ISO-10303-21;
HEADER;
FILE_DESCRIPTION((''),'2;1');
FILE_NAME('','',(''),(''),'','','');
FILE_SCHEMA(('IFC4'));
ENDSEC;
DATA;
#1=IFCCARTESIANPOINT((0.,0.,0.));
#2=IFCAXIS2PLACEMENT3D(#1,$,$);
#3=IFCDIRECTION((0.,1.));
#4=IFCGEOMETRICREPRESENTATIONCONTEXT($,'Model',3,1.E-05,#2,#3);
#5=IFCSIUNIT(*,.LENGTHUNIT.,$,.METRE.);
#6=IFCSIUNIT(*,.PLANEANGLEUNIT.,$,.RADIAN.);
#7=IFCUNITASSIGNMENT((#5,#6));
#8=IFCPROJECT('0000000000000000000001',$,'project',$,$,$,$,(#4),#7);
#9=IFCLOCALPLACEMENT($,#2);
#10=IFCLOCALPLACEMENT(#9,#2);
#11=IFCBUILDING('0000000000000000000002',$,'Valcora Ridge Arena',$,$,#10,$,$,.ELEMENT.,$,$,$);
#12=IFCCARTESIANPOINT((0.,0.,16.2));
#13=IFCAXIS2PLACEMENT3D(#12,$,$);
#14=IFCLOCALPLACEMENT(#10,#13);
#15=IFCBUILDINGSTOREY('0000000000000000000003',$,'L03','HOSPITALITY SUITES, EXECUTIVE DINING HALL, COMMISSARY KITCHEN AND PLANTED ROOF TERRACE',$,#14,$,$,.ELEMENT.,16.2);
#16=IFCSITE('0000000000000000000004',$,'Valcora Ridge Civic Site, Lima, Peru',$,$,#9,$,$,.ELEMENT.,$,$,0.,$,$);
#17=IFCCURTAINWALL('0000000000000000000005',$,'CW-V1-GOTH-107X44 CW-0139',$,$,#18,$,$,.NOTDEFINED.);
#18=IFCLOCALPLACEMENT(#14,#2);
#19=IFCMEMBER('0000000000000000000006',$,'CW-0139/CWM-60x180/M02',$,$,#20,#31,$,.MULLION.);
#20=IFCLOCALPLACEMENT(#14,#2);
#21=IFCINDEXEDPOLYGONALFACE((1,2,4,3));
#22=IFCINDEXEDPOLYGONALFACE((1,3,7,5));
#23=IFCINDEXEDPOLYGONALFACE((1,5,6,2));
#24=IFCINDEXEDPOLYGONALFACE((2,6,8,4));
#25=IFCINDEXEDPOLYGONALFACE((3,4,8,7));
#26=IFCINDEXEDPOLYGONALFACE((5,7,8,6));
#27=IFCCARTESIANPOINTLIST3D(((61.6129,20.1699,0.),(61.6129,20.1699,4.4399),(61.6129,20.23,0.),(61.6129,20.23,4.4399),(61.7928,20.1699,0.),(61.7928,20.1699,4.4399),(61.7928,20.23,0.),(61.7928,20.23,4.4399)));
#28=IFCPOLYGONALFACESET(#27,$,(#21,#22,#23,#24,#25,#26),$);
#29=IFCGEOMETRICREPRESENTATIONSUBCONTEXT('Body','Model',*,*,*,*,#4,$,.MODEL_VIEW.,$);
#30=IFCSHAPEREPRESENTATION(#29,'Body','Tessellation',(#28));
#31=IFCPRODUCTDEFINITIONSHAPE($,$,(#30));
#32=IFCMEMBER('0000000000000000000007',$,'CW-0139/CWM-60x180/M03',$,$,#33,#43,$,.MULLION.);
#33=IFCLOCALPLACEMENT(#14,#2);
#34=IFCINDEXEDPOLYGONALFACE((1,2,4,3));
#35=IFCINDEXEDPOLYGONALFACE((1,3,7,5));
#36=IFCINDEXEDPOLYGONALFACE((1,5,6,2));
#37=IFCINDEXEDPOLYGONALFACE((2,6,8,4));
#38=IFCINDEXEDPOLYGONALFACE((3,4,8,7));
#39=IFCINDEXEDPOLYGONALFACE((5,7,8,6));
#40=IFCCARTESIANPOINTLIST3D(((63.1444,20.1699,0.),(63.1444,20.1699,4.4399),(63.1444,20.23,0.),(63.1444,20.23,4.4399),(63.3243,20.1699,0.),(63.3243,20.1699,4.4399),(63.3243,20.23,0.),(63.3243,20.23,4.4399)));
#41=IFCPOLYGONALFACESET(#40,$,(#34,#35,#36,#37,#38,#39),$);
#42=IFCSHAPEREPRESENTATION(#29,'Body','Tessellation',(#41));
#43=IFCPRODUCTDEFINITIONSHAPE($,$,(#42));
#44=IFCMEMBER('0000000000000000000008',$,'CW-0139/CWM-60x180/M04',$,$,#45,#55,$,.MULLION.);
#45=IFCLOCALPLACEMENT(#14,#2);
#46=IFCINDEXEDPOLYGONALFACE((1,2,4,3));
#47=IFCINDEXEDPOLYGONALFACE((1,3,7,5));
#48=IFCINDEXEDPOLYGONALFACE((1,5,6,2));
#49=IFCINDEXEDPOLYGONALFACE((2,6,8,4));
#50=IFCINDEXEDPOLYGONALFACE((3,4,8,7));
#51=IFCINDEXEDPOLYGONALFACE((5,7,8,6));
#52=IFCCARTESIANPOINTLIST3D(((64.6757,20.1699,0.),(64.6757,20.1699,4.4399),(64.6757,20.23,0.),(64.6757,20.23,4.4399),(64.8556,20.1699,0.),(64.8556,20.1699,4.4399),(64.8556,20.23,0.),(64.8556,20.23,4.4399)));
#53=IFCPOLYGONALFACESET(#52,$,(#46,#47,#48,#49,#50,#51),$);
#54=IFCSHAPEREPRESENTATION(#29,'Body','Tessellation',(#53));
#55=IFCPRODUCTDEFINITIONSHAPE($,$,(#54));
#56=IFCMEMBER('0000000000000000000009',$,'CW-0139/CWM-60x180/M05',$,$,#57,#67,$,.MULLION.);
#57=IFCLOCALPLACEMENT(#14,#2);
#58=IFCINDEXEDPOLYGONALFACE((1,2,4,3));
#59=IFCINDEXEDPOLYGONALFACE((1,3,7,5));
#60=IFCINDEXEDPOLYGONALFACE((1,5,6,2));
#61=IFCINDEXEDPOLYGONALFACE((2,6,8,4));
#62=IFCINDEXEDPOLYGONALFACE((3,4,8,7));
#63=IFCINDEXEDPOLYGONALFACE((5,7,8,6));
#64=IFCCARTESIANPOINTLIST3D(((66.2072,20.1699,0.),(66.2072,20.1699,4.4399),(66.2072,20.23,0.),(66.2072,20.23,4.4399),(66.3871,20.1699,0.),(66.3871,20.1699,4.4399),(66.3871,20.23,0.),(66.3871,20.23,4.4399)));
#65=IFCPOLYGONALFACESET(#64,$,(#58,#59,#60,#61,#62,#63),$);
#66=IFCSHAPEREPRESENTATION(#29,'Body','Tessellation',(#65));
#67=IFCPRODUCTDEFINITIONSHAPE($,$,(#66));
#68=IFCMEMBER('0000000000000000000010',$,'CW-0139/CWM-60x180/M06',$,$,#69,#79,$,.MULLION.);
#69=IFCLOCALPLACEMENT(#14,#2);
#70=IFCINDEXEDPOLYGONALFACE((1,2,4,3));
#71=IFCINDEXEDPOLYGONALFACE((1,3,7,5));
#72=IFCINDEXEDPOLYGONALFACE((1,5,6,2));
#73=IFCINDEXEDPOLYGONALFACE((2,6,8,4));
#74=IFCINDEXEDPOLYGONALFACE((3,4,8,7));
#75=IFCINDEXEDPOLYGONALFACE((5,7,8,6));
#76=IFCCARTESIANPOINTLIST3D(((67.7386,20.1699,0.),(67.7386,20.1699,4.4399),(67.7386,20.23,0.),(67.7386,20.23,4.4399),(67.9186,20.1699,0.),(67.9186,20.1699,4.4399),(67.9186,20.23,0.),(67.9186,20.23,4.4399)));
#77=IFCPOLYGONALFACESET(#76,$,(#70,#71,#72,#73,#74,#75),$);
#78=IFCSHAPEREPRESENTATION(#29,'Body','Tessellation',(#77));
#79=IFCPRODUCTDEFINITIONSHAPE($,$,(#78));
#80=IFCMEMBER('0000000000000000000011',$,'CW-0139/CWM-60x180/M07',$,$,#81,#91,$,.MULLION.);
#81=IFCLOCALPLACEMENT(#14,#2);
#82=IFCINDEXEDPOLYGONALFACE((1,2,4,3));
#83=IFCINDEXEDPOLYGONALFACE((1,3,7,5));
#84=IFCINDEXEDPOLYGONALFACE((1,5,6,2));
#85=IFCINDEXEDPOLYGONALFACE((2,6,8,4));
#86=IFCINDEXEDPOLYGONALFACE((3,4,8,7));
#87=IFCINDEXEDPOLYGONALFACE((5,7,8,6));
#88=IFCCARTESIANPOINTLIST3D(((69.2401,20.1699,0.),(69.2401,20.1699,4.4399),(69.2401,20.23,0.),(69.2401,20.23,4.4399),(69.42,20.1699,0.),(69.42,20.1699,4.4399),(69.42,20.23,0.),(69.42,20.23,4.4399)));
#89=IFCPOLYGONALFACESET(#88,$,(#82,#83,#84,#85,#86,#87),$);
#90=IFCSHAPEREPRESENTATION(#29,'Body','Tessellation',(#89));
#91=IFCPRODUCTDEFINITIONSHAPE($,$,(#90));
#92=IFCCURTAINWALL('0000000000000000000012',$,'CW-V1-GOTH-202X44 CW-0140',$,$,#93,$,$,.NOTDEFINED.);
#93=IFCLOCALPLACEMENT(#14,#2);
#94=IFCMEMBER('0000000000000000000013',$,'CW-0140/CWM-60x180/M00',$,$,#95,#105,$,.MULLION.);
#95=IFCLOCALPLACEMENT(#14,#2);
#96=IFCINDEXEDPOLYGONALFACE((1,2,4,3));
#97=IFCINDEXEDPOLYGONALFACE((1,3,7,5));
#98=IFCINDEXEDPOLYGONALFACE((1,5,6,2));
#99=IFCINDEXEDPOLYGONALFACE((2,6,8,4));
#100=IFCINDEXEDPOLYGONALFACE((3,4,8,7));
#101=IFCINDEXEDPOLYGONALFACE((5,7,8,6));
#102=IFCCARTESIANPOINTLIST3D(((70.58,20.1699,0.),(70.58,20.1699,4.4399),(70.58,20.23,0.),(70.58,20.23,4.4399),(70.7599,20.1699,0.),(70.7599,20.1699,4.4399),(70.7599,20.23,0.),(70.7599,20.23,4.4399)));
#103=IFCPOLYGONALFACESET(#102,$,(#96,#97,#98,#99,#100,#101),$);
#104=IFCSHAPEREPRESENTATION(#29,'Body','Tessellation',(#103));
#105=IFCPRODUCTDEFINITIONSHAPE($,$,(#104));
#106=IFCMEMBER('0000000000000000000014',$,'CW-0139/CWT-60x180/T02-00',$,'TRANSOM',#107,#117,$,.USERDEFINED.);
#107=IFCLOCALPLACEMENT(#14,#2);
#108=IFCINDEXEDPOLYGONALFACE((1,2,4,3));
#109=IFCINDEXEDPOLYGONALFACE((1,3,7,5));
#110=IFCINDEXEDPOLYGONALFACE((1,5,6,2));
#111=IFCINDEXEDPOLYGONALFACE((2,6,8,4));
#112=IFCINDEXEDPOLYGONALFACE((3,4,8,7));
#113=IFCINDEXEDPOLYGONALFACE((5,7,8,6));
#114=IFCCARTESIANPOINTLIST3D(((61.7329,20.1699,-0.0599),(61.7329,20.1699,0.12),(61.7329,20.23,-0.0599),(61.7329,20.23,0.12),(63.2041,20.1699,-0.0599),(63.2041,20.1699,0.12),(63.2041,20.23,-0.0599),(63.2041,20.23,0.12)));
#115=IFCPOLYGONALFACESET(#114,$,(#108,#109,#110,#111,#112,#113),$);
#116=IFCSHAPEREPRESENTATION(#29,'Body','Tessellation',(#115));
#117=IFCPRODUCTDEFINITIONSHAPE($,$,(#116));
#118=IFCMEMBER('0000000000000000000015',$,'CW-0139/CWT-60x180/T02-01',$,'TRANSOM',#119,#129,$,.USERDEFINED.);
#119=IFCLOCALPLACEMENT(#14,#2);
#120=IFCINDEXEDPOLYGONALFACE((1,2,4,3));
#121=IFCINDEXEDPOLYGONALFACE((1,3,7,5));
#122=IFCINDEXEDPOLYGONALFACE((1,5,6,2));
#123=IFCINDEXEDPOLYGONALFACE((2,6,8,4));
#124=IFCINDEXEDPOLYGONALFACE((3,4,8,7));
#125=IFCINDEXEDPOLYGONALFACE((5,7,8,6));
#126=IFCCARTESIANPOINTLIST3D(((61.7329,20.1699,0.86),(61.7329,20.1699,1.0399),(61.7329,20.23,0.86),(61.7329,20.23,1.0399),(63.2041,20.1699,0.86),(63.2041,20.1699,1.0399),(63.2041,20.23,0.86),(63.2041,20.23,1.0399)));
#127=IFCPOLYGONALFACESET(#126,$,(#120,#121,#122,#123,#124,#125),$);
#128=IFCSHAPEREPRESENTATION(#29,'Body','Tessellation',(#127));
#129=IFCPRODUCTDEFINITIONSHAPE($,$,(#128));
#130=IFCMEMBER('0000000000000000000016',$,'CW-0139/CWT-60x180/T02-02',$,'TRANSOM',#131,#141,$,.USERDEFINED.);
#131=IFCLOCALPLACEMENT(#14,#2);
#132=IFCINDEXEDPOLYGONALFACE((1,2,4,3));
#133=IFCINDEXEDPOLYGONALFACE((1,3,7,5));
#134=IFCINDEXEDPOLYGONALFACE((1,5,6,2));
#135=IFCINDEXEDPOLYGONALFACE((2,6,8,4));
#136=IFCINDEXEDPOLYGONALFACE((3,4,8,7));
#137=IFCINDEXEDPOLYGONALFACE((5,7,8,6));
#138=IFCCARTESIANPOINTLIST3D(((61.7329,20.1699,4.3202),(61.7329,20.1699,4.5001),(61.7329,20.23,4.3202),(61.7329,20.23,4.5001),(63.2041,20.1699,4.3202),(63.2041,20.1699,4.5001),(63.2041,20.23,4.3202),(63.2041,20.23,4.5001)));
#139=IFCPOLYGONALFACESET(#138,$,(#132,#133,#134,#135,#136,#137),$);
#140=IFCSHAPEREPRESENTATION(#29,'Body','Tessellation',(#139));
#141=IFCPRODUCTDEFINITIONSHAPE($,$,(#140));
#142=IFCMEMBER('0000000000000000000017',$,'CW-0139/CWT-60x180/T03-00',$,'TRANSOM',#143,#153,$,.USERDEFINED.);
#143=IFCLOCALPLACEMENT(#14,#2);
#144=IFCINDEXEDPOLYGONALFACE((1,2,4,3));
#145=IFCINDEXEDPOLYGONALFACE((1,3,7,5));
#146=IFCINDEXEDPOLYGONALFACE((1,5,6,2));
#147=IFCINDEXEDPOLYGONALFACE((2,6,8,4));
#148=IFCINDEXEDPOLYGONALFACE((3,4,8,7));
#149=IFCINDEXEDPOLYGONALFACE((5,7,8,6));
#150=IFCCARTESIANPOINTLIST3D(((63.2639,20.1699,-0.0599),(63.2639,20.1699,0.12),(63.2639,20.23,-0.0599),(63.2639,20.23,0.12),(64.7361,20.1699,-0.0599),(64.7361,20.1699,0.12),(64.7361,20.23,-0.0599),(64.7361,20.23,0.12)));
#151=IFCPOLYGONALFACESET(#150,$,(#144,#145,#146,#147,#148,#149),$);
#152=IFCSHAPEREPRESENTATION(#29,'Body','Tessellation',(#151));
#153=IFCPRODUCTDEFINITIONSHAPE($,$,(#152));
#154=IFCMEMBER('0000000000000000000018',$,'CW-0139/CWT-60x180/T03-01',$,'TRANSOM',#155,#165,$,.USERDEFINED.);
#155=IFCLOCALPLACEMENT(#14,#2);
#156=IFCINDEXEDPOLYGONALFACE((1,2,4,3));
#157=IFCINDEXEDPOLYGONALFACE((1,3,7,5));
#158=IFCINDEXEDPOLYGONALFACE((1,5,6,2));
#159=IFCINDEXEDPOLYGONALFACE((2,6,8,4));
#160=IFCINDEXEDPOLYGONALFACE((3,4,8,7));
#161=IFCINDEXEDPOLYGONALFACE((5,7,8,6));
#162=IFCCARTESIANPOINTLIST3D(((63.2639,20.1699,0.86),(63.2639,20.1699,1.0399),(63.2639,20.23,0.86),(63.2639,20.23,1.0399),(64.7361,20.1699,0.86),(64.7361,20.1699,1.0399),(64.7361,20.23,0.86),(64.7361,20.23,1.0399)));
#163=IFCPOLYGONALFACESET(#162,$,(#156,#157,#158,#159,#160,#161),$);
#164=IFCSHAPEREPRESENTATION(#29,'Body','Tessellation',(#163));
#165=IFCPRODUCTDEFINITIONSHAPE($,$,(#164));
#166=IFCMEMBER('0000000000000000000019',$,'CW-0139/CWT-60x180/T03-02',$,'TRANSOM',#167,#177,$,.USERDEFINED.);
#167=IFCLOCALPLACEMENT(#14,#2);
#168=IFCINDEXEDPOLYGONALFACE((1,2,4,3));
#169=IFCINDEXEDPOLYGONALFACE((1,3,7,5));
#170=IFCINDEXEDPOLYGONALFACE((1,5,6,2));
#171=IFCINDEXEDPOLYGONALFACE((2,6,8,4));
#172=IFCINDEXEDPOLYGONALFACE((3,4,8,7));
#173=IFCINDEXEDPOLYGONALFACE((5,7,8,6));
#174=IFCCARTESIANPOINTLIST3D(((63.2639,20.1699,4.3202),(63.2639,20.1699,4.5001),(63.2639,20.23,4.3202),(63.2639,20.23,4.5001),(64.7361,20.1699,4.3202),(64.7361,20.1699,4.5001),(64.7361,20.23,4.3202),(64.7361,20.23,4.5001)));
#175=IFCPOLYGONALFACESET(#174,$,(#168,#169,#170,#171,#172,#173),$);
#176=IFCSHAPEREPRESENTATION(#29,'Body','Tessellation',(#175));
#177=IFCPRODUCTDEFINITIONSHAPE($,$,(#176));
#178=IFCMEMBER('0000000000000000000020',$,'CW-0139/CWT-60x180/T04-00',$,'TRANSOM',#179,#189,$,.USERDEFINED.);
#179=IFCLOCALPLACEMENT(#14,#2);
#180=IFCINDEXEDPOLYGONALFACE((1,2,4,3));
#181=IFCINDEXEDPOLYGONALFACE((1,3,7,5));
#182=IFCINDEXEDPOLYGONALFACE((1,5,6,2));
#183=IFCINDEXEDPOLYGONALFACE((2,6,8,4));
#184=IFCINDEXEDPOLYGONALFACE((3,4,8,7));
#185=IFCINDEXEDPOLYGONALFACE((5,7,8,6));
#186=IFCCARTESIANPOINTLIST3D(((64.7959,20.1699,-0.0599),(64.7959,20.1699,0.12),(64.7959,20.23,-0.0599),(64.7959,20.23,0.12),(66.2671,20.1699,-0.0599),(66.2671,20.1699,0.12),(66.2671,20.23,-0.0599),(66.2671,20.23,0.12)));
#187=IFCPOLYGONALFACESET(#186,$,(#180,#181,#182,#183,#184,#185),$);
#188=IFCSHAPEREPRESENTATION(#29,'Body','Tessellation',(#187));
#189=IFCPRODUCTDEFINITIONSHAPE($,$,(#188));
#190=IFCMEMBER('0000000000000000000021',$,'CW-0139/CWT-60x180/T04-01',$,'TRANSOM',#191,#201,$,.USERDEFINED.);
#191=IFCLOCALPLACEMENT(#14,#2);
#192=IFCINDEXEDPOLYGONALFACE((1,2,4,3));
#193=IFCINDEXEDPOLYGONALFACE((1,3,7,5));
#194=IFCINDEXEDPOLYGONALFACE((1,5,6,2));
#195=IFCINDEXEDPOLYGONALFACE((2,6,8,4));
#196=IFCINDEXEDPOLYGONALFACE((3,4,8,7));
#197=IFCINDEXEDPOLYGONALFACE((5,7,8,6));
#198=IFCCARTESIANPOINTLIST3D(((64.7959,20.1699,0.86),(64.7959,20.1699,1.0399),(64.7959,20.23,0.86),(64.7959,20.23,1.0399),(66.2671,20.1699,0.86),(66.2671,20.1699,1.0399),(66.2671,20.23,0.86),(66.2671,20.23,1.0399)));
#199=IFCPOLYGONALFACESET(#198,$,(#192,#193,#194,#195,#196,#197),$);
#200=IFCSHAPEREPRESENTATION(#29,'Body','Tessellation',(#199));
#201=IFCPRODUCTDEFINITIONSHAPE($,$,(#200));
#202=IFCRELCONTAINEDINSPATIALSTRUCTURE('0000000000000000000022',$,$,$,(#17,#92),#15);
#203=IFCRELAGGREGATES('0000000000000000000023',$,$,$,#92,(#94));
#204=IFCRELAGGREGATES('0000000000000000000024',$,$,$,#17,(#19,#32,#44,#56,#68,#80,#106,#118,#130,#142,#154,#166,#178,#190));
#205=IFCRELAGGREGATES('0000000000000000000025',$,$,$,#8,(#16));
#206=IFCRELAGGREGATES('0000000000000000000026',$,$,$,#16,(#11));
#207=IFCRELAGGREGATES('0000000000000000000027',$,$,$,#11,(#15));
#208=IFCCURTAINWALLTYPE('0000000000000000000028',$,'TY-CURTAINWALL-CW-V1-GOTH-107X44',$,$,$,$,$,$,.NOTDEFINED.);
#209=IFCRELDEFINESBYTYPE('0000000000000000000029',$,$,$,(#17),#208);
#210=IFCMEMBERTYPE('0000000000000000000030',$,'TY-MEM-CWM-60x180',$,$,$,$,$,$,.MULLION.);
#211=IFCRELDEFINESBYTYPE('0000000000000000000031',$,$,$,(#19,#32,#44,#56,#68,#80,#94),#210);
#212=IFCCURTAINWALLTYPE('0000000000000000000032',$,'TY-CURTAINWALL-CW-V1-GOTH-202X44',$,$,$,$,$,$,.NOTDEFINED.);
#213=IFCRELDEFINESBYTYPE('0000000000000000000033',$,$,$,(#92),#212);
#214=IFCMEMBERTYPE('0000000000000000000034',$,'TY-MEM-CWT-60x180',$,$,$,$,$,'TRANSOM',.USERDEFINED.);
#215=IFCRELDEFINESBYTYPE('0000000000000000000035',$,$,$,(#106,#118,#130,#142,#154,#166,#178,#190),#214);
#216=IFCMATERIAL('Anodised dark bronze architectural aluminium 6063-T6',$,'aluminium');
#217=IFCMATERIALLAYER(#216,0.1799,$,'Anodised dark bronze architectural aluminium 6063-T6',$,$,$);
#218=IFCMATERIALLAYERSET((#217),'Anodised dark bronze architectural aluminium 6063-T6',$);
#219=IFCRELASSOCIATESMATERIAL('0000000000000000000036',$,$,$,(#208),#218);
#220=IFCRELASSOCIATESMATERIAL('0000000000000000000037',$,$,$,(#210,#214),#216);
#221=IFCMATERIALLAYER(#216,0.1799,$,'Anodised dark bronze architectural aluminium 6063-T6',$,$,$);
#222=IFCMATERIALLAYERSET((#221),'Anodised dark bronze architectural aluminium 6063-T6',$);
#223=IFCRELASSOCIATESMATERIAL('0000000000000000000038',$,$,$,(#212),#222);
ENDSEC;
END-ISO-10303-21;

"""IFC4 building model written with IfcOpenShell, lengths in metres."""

from ifc_helpers import new_model, si_unit, direction, frame, origin, origin_2d, place, context, subcontext, project, spatial, rectangle, extrude, material, layer, layer_set, material_profile, profile_set, type_object, element, aggregate, save


model = new_model("IFC4")

# Units and contexts
model_context = context("Model", 3, precision=1e-05, world=origin(), true_north=direction((0.0, 1.0)))
body_context = subcontext(model_context, "Body", "Model", "MODEL_VIEW")
ifc_project = project(units=[si_unit("LENGTHUNIT", "METRE"), si_unit("PLANEANGLEUNIT", "RADIAN")], contexts=[model_context])

# Site, building, storey
site_placement = place(None, origin())
site = spatial("IfcSite", under=ifc_project, at=site_placement, Name="Valcora Ridge Civic Site, Lima, Peru", CompositionType="ELEMENT", RefElevation=0.0)
building_placement = place(site_placement, origin())
building = spatial("IfcBuilding", under=site, at=building_placement, Name="Valcora Ridge Arena", CompositionType="ELEMENT")
storey_placement = place(building_placement, frame((0.0, 0.0, 16.2)))
storey = spatial("IfcBuildingStorey", under=building, at=storey_placement, Name="L03", Description="HOSPITALITY SUITES, EXECUTIVE DINING HALL, COMMISSARY KITCHEN AND PLANTED ROOF TERRACE", CompositionType="ELEMENT", Elevation=16.2)

# Curtain wall, members
ifc_material_1 = material(Name="Anodised dark bronze architectural aluminium 6063-T6", Category="aluminium")
ifc_layer_1 = layer(ifc_material_1, 0.1799, Name="Anodised dark bronze architectural aluminium 6063-T6")
ifc_layer_set_1 = layer_set([ifc_layer_1], Name="Anodised dark bronze architectural aluminium 6063-T6")
curtain_wall_type_1 = type_object("IfcCurtainWallType", Name="TY-CURTAINWALL-CW-V1-GOTH-107X44", PredefinedType="NOTDEFINED", material=ifc_layer_set_1)
curtain_wall_1_placement = place(storey_placement, origin())
curtain_wall_1 = element("IfcCurtainWall", 1, at=curtain_wall_1_placement, inside=storey, type_object=curtain_wall_type_1, Name="CW-V1-GOTH-107X44 CW-0139", PredefinedType="NOTDEFINED")
ifc_material_profile_1 = material_profile(ifc_material_1, rectangle(XDim=0.0601, YDim=0.1799, at=origin_2d()), Name="ALU MULLION 60x180")
ifc_profile_set_1 = profile_set([ifc_material_profile_1], Name="Anodised dark bronze architectural aluminium 6063-T6")
member_type_1 = type_object("IfcMemberType", Name="TY-MEM-CWM-60x180", PredefinedType="MULLION", material=ifc_profile_set_1)
member_1_placement = place(storey_placement, frame((61.7029, 20.2, 0.0), z_axis=(0.0, 0.0, 1.0), x_axis=(0.0, 1.0, 0.0)))
member_1 = element("IfcMember", 2, at=member_1_placement, type_object=member_type_1, Name="CW-0139/CWM-60x180/M02", PredefinedType="MULLION", context=body_context, shape_type="SweptSolid", body=[
    extrude(rectangle(XDim=0.0601, YDim=0.1799, at=origin_2d()), origin(), (0.0, 0.0, 1.0), 4.4399),
])
member_2_placement = place(storey_placement, frame((63.2344, 20.2, 0.0), z_axis=(0.0, 0.0, 1.0), x_axis=(0.0, 1.0, 0.0)))
member_2 = element("IfcMember", 3, at=member_2_placement, type_object=member_type_1, Name="CW-0139/CWM-60x180/M03", PredefinedType="MULLION", context=body_context, shape_type="SweptSolid", body=[
    extrude(rectangle(XDim=0.0601, YDim=0.1799, at=origin_2d()), origin(), (0.0, 0.0, 1.0), 4.4399),
])
member_3_placement = place(storey_placement, frame((64.7656, 20.2, 0.0), z_axis=(0.0, 0.0, 1.0), x_axis=(0.0, 1.0, 0.0)))
member_3 = element("IfcMember", 4, at=member_3_placement, type_object=member_type_1, Name="CW-0139/CWM-60x180/M04", PredefinedType="MULLION", context=body_context, shape_type="SweptSolid", body=[
    extrude(rectangle(XDim=0.0601, YDim=0.1799, at=origin_2d()), origin(), (0.0, 0.0, 1.0), 4.4399),
])
member_4_placement = place(storey_placement, frame((66.2971, 20.2, 0.0), z_axis=(0.0, 0.0, 1.0), x_axis=(0.0, 1.0, 0.0)))
member_4 = element("IfcMember", 5, at=member_4_placement, type_object=member_type_1, Name="CW-0139/CWM-60x180/M05", PredefinedType="MULLION", context=body_context, shape_type="SweptSolid", body=[
    extrude(rectangle(XDim=0.0601, YDim=0.1799, at=origin_2d()), origin(), (0.0, 0.0, 1.0), 4.4399),
])
member_5_placement = place(storey_placement, frame((67.8286, 20.2, 0.0), z_axis=(0.0, 0.0, 1.0), x_axis=(0.0, 1.0, 0.0)))
member_5 = element("IfcMember", 6, at=member_5_placement, type_object=member_type_1, Name="CW-0139/CWM-60x180/M06", PredefinedType="MULLION", context=body_context, shape_type="SweptSolid", body=[
    extrude(rectangle(XDim=0.0601, YDim=0.1799, at=origin_2d()), origin(), (0.0, 0.0, 1.0), 4.4399),
])
member_6_placement = place(storey_placement, frame((69.3301, 20.2, 0.0), z_axis=(0.0, 0.0, 1.0), x_axis=(0.0, 1.0, 0.0)))
member_6 = element("IfcMember", 7, at=member_6_placement, type_object=member_type_1, Name="CW-0139/CWM-60x180/M07", PredefinedType="MULLION", context=body_context, shape_type="SweptSolid", body=[
    extrude(rectangle(XDim=0.0601, YDim=0.1799, at=origin_2d()), origin(), (0.0, 0.0, 1.0), 4.4399),
])

# Curtain wall, member
ifc_layer_2 = layer(ifc_material_1, 0.1799, Name="Anodised dark bronze architectural aluminium 6063-T6")
ifc_layer_set_2 = layer_set([ifc_layer_2], Name="Anodised dark bronze architectural aluminium 6063-T6")
curtain_wall_type_2 = type_object("IfcCurtainWallType", Name="TY-CURTAINWALL-CW-V1-GOTH-202X44", PredefinedType="NOTDEFINED", material=ifc_layer_set_2)
curtain_wall_2_placement = place(storey_placement, origin())
curtain_wall_2 = element("IfcCurtainWall", 8, at=curtain_wall_2_placement, inside=storey, type_object=curtain_wall_type_2, Name="CW-V1-GOTH-202X44 CW-0140", PredefinedType="NOTDEFINED")
member_7_placement = place(storey_placement, frame((70.6699, 20.2, 0.0), z_axis=(0.0, 0.0, 1.0), x_axis=(0.0, 1.0, 0.0)))
member_7 = element("IfcMember", 9, at=member_7_placement, type_object=member_type_1, Name="CW-0140/CWM-60x180/M00", PredefinedType="MULLION", context=body_context, shape_type="SweptSolid", body=[
    extrude(rectangle(XDim=0.0601, YDim=0.1799, at=origin_2d()), origin(), (0.0, 0.0, 1.0), 4.4399),
])
aggregate(curtain_wall_2, [member_7])

# Members
ifc_material_profile_2 = material_profile(ifc_material_1, rectangle(XDim=0.0601, YDim=0.1799, at=origin_2d()), Name="ALU TRANSOM 60x180")
ifc_profile_set_2 = profile_set([ifc_material_profile_2], Name="Anodised dark bronze architectural aluminium 6063-T6")
member_type_2 = type_object("IfcMemberType", Name="TY-MEM-CWT-60x180", ElementType="TRANSOM", PredefinedType="USERDEFINED", material=ifc_profile_set_2)
member_8_placement = place(storey_placement, frame((61.7329, 20.2, 0.03), z_axis=(1.0, 0.0, 0.0), x_axis=(0.0, 1.0, 0.0)))
member_8 = element("IfcMember", 10, at=member_8_placement, type_object=member_type_2, Name="CW-0139/CWT-60x180/T02-00", ObjectType="TRANSOM", PredefinedType="USERDEFINED", context=body_context, shape_type="SweptSolid", body=[
    extrude(rectangle(XDim=0.0601, YDim=0.1799, at=origin_2d()), origin(), (0.0, 0.0, 1.0), 1.4712),
])
member_9_placement = place(storey_placement, frame((61.7329, 20.2, 0.95), z_axis=(1.0, 0.0, 0.0), x_axis=(0.0, 1.0, 0.0)))
member_9 = element("IfcMember", 11, at=member_9_placement, type_object=member_type_2, Name="CW-0139/CWT-60x180/T02-01", ObjectType="TRANSOM", PredefinedType="USERDEFINED", context=body_context, shape_type="SweptSolid", body=[
    extrude(rectangle(XDim=0.0601, YDim=0.1799, at=origin_2d()), origin(), (0.0, 0.0, 1.0), 1.4712),
])
member_10_placement = place(storey_placement, frame((61.7329, 20.2, 4.4102), z_axis=(1.0, 0.0, 0.0), x_axis=(0.0, 1.0, 0.0)))
member_10 = element("IfcMember", 12, at=member_10_placement, type_object=member_type_2, Name="CW-0139/CWT-60x180/T02-02", ObjectType="TRANSOM", PredefinedType="USERDEFINED", context=body_context, shape_type="SweptSolid", body=[
    extrude(rectangle(XDim=0.0601, YDim=0.1799, at=origin_2d()), origin(), (0.0, 0.0, 1.0), 1.4712),
])
member_11_placement = place(storey_placement, frame((63.2639, 20.2, 0.03), z_axis=(1.0, 0.0, 0.0), x_axis=(0.0, 1.0, 0.0)))
member_11 = element("IfcMember", 13, at=member_11_placement, type_object=member_type_2, Name="CW-0139/CWT-60x180/T03-00", ObjectType="TRANSOM", PredefinedType="USERDEFINED", context=body_context, shape_type="SweptSolid", body=[
    extrude(rectangle(XDim=0.0601, YDim=0.1799, at=origin_2d()), origin(), (0.0, 0.0, 1.0), 1.4722),
])
member_12_placement = place(storey_placement, frame((63.2639, 20.2, 0.95), z_axis=(1.0, 0.0, 0.0), x_axis=(0.0, 1.0, 0.0)))
member_12 = element("IfcMember", 14, at=member_12_placement, type_object=member_type_2, Name="CW-0139/CWT-60x180/T03-01", ObjectType="TRANSOM", PredefinedType="USERDEFINED", context=body_context, shape_type="SweptSolid", body=[
    extrude(rectangle(XDim=0.0601, YDim=0.1799, at=origin_2d()), origin(), (0.0, 0.0, 1.0), 1.4722),
])
member_13_placement = place(storey_placement, frame((63.2639, 20.2, 4.4102), z_axis=(1.0, 0.0, 0.0), x_axis=(0.0, 1.0, 0.0)))
member_13 = element("IfcMember", 15, at=member_13_placement, type_object=member_type_2, Name="CW-0139/CWT-60x180/T03-02", ObjectType="TRANSOM", PredefinedType="USERDEFINED", context=body_context, shape_type="SweptSolid", body=[
    extrude(rectangle(XDim=0.0601, YDim=0.1799, at=origin_2d()), origin(), (0.0, 0.0, 1.0), 1.4722),
])
member_14_placement = place(storey_placement, frame((64.7959, 20.2, 0.03), z_axis=(1.0, 0.0, 0.0), x_axis=(0.0, 1.0, 0.0)))
member_14 = element("IfcMember", 16, at=member_14_placement, type_object=member_type_2, Name="CW-0139/CWT-60x180/T04-00", ObjectType="TRANSOM", PredefinedType="USERDEFINED", context=body_context, shape_type="SweptSolid", body=[
    extrude(rectangle(XDim=0.0601, YDim=0.1799, at=origin_2d()), origin(), (0.0, 0.0, 1.0), 1.4712),
])
member_15_placement = place(storey_placement, frame((64.7959, 20.2, 0.95), z_axis=(1.0, 0.0, 0.0), x_axis=(0.0, 1.0, 0.0)))
member_15 = element("IfcMember", 17, at=member_15_placement, type_object=member_type_2, Name="CW-0139/CWT-60x180/T04-01", ObjectType="TRANSOM", PredefinedType="USERDEFINED", context=body_context, shape_type="SweptSolid", body=[
    extrude(rectangle(XDim=0.0601, YDim=0.1799, at=origin_2d()), origin(), (0.0, 0.0, 1.0), 1.4712),
])

aggregate(curtain_wall_1, [member_1, member_2, member_3, member_4, member_5, member_6, member_8, member_9, member_10, member_11, member_12, member_13, member_14, member_15])

save(model, "model.ifc")
